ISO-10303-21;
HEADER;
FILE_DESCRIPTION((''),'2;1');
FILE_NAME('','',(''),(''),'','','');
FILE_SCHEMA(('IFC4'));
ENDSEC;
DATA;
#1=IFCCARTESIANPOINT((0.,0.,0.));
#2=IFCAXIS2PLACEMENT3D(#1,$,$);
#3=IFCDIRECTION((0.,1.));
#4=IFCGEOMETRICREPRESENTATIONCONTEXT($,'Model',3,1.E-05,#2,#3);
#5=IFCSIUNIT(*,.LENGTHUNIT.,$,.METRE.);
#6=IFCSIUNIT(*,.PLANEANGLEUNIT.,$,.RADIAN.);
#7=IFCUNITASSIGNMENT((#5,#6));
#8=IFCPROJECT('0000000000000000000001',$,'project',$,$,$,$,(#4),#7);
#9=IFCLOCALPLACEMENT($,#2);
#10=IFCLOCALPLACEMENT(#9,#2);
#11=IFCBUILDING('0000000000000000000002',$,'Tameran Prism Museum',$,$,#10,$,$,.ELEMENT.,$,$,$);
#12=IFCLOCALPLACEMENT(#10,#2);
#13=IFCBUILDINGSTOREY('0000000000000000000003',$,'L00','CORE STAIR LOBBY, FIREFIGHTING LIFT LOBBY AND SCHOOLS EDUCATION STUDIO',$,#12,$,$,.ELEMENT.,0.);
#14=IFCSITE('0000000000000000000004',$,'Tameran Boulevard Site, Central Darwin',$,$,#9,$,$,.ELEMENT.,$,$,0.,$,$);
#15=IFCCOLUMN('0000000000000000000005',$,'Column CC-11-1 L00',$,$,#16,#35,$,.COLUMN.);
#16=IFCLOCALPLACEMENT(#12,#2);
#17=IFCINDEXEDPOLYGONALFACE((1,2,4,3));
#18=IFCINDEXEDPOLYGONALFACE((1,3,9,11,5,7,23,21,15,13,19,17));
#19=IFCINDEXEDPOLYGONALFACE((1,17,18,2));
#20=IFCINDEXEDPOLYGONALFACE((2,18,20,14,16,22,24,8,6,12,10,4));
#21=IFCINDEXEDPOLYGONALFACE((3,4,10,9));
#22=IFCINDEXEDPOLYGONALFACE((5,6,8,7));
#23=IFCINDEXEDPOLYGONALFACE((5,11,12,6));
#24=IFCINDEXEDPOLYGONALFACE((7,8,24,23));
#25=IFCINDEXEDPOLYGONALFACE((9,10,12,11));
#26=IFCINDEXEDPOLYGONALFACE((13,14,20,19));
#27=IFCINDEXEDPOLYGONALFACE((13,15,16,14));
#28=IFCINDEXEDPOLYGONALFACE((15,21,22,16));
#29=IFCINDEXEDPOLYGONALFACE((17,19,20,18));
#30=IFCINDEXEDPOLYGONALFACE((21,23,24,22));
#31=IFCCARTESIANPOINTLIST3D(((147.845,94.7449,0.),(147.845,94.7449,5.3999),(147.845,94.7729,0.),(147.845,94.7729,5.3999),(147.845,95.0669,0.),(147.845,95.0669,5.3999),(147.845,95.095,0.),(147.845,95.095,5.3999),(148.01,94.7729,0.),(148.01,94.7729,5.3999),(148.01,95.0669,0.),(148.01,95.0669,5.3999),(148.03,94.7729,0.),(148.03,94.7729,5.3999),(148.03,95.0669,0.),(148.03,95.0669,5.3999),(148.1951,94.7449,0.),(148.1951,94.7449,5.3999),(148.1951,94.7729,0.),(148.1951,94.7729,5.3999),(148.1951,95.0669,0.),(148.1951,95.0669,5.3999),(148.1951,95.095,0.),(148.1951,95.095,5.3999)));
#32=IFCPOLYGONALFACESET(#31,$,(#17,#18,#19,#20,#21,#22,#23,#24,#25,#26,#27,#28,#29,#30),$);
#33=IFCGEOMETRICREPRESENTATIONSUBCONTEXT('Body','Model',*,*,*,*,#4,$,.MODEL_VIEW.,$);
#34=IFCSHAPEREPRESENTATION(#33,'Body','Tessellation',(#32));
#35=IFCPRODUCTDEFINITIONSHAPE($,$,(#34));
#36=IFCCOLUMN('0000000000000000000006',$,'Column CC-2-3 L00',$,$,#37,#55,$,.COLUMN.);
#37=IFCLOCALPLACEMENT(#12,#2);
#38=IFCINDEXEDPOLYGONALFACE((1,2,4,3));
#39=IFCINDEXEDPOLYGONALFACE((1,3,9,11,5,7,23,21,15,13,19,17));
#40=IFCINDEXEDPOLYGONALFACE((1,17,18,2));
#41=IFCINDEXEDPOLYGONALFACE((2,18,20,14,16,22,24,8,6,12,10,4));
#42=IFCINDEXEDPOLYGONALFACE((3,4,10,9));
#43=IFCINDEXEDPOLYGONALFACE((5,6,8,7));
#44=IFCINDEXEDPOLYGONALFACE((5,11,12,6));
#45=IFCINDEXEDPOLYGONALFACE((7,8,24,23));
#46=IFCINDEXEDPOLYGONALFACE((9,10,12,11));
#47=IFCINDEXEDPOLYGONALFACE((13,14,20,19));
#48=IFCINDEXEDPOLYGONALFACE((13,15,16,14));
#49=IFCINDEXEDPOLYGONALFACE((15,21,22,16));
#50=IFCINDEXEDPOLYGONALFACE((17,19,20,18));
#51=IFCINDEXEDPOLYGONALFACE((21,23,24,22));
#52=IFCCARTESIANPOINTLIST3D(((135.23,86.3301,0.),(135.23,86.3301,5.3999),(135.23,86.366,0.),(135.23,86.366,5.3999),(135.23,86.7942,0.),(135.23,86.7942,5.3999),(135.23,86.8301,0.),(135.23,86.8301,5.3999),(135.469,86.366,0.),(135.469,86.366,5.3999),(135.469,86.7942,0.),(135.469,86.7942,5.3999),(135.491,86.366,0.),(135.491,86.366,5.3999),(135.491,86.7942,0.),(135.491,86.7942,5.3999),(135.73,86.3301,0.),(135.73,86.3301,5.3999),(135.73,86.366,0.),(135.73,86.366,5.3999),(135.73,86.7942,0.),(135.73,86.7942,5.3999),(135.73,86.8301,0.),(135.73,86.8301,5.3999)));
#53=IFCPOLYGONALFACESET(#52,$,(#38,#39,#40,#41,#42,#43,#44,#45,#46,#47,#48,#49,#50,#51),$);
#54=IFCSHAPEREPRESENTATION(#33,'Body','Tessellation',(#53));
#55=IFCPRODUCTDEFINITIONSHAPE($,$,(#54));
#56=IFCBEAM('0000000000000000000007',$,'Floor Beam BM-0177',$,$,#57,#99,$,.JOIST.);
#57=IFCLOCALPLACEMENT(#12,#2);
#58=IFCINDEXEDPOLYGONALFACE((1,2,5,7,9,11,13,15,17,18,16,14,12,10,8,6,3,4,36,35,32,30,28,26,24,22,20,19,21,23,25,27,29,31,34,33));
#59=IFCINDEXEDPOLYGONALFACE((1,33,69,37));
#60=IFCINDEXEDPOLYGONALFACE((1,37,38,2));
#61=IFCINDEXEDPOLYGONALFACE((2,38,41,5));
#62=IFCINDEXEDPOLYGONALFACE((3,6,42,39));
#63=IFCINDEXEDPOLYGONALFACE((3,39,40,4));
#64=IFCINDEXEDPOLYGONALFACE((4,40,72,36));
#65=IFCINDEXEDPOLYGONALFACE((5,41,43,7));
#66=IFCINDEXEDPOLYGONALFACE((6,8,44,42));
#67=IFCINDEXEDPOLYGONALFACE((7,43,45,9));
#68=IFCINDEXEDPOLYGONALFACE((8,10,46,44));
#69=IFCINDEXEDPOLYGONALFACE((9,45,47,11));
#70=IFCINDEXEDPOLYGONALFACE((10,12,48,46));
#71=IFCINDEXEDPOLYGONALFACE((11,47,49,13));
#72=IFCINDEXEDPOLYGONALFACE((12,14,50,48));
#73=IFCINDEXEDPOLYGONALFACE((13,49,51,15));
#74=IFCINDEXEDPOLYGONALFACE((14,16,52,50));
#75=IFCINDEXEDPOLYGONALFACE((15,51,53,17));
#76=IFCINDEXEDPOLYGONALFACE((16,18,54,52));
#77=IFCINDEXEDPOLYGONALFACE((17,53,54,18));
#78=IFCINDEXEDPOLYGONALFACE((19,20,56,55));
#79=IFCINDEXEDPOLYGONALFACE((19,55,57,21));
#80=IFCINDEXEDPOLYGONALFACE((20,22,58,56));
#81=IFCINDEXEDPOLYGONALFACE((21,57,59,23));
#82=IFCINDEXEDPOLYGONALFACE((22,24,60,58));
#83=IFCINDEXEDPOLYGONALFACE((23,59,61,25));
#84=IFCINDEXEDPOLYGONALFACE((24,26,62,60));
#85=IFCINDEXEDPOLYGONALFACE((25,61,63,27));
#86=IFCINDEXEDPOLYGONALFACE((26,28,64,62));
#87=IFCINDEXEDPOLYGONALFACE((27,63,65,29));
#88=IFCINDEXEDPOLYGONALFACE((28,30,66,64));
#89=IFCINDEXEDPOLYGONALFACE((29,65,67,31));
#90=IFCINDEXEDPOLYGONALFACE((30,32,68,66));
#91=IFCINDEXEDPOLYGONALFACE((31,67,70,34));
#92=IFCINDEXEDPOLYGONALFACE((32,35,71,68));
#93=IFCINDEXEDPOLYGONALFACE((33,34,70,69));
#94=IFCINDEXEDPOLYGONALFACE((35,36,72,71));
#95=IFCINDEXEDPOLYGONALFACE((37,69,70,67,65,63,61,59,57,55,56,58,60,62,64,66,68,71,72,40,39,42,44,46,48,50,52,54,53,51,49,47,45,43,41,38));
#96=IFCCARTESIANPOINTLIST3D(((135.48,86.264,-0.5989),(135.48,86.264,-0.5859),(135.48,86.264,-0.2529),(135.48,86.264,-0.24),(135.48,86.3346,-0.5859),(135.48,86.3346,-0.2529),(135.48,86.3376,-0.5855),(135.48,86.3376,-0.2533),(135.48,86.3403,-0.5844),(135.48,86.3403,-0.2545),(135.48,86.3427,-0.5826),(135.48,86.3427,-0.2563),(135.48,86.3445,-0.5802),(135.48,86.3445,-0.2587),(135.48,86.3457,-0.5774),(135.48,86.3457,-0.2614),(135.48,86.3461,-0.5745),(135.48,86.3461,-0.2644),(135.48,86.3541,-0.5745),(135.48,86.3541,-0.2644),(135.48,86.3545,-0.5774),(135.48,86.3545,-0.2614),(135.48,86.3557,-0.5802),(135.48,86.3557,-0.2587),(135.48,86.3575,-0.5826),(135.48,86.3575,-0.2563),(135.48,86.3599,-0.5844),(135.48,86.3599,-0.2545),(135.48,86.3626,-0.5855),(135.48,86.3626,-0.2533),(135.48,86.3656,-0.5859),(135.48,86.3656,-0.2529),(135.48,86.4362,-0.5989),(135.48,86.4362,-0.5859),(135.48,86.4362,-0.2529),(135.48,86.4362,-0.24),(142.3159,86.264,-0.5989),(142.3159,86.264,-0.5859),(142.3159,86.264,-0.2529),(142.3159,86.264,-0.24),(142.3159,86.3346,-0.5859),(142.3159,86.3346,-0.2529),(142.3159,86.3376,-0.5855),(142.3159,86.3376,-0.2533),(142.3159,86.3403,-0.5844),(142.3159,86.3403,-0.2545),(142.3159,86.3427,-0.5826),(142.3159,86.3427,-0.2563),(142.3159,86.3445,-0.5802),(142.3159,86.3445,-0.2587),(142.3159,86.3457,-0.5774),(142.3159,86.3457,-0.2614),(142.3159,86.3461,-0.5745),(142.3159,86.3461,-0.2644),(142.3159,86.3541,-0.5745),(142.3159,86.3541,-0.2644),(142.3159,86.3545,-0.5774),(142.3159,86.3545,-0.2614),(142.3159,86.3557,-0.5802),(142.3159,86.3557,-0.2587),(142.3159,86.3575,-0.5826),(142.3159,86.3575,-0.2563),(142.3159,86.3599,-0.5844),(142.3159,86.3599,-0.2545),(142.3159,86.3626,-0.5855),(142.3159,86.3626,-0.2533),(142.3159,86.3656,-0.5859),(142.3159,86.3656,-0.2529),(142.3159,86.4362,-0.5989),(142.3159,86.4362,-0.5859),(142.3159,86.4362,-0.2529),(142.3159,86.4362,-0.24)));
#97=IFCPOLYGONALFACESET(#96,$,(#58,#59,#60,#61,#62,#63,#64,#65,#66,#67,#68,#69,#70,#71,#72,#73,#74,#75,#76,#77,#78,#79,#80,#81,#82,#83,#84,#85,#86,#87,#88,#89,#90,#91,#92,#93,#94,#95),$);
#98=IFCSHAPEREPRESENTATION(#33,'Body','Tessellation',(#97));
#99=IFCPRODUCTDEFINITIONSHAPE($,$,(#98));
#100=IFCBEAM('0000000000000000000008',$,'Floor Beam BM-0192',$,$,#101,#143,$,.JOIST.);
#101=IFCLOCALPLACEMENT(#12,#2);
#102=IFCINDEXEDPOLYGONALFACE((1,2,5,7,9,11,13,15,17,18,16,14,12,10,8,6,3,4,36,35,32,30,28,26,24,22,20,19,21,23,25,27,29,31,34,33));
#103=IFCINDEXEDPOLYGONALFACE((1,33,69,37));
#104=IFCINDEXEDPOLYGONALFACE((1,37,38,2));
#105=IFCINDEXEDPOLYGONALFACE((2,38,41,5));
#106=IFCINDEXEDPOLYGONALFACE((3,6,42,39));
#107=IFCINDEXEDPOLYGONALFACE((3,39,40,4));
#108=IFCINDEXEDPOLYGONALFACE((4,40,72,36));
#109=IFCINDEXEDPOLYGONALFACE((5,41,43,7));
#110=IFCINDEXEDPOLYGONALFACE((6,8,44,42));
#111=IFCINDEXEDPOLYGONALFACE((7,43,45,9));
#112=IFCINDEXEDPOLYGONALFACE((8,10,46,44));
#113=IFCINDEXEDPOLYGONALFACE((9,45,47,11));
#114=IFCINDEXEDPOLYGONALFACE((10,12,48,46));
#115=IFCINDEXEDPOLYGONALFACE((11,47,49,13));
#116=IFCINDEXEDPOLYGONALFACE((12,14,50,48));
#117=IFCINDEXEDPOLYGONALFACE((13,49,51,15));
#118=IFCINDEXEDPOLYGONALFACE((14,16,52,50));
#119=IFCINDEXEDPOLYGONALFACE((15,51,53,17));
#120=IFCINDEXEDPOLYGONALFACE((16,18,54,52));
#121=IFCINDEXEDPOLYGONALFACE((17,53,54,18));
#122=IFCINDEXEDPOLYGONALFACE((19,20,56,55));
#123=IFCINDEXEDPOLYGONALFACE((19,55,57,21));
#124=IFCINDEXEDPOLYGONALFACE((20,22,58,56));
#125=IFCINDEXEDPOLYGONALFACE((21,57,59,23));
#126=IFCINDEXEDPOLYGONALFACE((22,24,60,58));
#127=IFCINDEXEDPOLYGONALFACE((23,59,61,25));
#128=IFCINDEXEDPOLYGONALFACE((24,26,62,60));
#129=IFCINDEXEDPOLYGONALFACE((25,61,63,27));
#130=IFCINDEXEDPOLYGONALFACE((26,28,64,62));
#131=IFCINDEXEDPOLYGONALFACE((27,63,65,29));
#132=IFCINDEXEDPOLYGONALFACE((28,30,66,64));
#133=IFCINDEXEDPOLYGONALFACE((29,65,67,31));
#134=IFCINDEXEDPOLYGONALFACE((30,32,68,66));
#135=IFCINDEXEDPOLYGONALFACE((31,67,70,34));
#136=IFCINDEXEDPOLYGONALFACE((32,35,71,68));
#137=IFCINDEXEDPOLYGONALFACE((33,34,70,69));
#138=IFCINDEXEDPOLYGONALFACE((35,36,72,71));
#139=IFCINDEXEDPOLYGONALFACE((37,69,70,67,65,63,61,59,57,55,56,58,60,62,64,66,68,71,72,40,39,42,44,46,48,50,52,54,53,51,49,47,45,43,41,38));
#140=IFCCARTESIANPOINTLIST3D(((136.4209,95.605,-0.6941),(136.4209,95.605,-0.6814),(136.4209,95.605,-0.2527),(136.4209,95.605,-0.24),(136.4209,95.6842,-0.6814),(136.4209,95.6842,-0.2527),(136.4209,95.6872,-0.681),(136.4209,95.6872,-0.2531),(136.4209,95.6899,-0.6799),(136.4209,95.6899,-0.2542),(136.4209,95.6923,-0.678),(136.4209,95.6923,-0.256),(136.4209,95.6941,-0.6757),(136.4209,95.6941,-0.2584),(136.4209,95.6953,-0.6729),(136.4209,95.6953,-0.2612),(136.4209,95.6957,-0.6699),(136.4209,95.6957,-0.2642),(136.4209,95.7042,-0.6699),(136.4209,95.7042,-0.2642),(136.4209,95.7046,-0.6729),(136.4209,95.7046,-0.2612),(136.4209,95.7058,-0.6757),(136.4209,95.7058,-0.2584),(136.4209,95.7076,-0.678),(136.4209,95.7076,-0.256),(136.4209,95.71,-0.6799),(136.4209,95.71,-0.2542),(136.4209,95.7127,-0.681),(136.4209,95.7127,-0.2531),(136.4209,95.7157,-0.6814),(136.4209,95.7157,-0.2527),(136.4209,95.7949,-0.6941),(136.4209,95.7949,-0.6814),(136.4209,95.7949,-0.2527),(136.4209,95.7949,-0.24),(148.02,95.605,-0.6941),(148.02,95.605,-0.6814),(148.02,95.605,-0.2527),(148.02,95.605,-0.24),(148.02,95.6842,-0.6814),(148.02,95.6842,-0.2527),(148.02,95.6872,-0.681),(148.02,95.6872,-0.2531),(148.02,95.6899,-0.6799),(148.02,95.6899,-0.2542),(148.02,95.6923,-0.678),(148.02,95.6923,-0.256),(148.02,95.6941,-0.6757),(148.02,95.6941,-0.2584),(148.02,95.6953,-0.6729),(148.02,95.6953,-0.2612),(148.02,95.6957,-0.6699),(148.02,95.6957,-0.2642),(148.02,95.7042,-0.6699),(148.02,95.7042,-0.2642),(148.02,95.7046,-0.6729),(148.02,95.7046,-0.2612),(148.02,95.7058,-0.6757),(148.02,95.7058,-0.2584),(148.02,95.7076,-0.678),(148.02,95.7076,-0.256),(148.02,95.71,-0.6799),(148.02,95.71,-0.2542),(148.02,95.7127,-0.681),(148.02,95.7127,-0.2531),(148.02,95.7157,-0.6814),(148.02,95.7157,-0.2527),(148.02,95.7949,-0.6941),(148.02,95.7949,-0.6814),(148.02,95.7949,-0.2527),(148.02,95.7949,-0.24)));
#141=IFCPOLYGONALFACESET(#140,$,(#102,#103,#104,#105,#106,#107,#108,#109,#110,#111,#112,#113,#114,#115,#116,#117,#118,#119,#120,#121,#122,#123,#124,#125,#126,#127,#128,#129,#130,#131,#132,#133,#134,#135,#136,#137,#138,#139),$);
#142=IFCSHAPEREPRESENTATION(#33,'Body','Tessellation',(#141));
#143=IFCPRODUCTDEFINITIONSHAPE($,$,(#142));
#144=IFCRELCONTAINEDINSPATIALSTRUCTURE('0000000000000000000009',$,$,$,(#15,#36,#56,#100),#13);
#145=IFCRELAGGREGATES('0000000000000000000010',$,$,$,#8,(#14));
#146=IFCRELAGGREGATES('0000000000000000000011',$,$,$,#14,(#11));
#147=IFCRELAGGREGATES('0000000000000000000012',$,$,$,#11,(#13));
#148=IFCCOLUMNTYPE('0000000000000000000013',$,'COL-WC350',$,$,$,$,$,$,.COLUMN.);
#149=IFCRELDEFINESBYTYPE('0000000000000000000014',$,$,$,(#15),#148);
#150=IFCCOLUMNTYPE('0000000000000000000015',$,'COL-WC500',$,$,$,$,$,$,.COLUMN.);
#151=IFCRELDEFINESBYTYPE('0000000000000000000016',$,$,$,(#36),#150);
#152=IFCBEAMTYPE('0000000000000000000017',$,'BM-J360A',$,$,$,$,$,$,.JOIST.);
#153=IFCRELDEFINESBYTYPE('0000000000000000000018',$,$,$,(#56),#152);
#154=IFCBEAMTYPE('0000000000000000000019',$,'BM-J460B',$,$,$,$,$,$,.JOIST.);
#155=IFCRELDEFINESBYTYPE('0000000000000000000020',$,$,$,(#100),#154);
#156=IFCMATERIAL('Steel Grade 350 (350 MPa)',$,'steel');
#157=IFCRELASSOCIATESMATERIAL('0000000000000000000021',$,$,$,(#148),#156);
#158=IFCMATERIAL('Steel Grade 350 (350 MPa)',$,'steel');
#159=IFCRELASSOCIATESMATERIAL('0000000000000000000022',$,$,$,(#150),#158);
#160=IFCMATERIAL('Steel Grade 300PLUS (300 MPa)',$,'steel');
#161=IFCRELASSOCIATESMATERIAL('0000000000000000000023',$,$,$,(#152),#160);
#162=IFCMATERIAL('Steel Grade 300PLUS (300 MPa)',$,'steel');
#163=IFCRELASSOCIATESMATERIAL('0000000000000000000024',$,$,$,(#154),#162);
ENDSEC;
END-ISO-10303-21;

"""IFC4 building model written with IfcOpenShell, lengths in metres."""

from ifc_helpers import new_model, si_unit, direction, frame, origin, origin_2d, place, context, subcontext, project, spatial, i_section, extrude, material, material_profile, profile_set, type_object, element, save


model = new_model("IFC4")

# Units and contexts
model_context = context("Model", 3, precision=1e-05, world=origin(), true_north=direction((0.0, 1.0)))
body_context = subcontext(model_context, "Body", "Model", "MODEL_VIEW")
ifc_project = project(units=[si_unit("LENGTHUNIT", "METRE"), si_unit("PLANEANGLEUNIT", "RADIAN")], contexts=[model_context])

# Site, building, storey
site_placement = place(None, origin())
site = spatial("IfcSite", under=ifc_project, at=site_placement, Name="Tameran Boulevard Site, Central Darwin", CompositionType="ELEMENT", RefElevation=0.0)
building_placement = place(site_placement, origin())
building = spatial("IfcBuilding", under=site, at=building_placement, Name="Tameran Prism Museum", CompositionType="ELEMENT")
storey_placement = place(building_placement, origin())
storey = spatial("IfcBuildingStorey", under=building, at=storey_placement, Name="L00", Description="CORE STAIR LOBBY, FIREFIGHTING LIFT LOBBY AND SCHOOLS EDUCATION STUDIO", CompositionType="ELEMENT", Elevation=0.0)

# Columns
ifc_material_1 = material(Name="Steel Grade 350 (350 MPa)", Category="steel")
ifc_material_profile_1 = material_profile(ifc_material_1, i_section(OverallWidth=0.3501, OverallDepth=0.3501, WebThickness=0.02, FlangeThickness=0.0281, at=origin_2d()))
ifc_profile_set_1 = profile_set([ifc_material_profile_1])
column_type_1 = type_object("IfcColumnType", Name="COL-WC350", PredefinedType="COLUMN", material=ifc_profile_set_1)
column_1_placement = place(storey_placement, frame((148.02, 94.9199, 0.0), z_axis=(0.0, 0.0, 1.0), x_axis=(1.0, 0.0, 0.0)))
element("IfcColumn", 1, at=column_1_placement, inside=storey, type_object=column_type_1, Name="Column CC-11-1 L00", PredefinedType="COLUMN", context=body_context, shape_type="SweptSolid", body=[
    extrude(i_section(OverallWidth=0.3501, OverallDepth=0.3501, WebThickness=0.02, FlangeThickness=0.0281, at=origin_2d()), origin(), (0.0, 0.0, 1.0), 5.3999),
])
ifc_material_2 = material(Name="Steel Grade 350 (350 MPa)", Category="steel")
ifc_material_profile_2 = material_profile(ifc_material_2, i_section(OverallWidth=0.5, OverallDepth=0.5, WebThickness=0.022, FlangeThickness=0.0359, at=origin_2d()))
ifc_profile_set_2 = profile_set([ifc_material_profile_2])
column_type_2 = type_object("IfcColumnType", Name="COL-WC500", PredefinedType="COLUMN", material=ifc_profile_set_2)
column_2_placement = place(storey_placement, frame((135.48, 86.5801, 0.0), z_axis=(0.0, 0.0, 1.0), x_axis=(1.0, 0.0, 0.0)))
element("IfcColumn", 2, at=column_2_placement, inside=storey, type_object=column_type_2, Name="Column CC-2-3 L00", PredefinedType="COLUMN", context=body_context, shape_type="SweptSolid", body=[
    extrude(i_section(OverallWidth=0.5, OverallDepth=0.5, WebThickness=0.022, FlangeThickness=0.0359, at=origin_2d()), origin(), (0.0, 0.0, 1.0), 5.3999),
])

# Beams
ifc_material_3 = material(Name="Steel Grade 300PLUS (300 MPa)", Category="steel")
ifc_material_profile_3 = material_profile(ifc_material_3, i_section(OverallWidth=0.1721, OverallDepth=0.3589, WebThickness=0.0081, FlangeThickness=0.0129, FilletRadius=0.0115, at=origin_2d()))
ifc_profile_set_3 = profile_set([ifc_material_profile_3])
beam_type_1 = type_object("IfcBeamType", Name="BM-J360A", PredefinedType="JOIST", material=ifc_profile_set_3)
beam_1_placement = place(storey_placement, frame((135.48, 86.3501, -0.4194), z_axis=(1.0, 0.0, 0.0), x_axis=(0.0, 1.0, 0.0)))
element("IfcBeam", 3, at=beam_1_placement, inside=storey, type_object=beam_type_1, Name="Floor Beam BM-0177", PredefinedType="JOIST", context=body_context, shape_type="SweptSolid", body=[
    extrude(i_section(OverallWidth=0.1721, OverallDepth=0.3589, WebThickness=0.0081, FlangeThickness=0.0129, FilletRadius=0.0115, at=origin_2d()), origin(), (0.0, 0.0, 1.0), 6.8359),
])
ifc_material_4 = material(Name="Steel Grade 300PLUS (300 MPa)", Category="steel")
ifc_material_profile_4 = material_profile(ifc_material_4, i_section(OverallWidth=0.1899, OverallDepth=0.4541, WebThickness=0.0085, FlangeThickness=0.0127, FilletRadius=0.0115, at=origin_2d()))
ifc_profile_set_4 = profile_set([ifc_material_profile_4])
beam_type_2 = type_object("IfcBeamType", Name="BM-J460B", PredefinedType="JOIST", material=ifc_profile_set_4)
beam_2_placement = place(storey_placement, frame((136.4209, 95.7, -0.467), z_axis=(1.0, 0.0, 0.0), x_axis=(0.0, 1.0, 0.0)))
element("IfcBeam", 4, at=beam_2_placement, inside=storey, type_object=beam_type_2, Name="Floor Beam BM-0192", PredefinedType="JOIST", context=body_context, shape_type="SweptSolid", body=[
    extrude(i_section(OverallWidth=0.1899, OverallDepth=0.4541, WebThickness=0.0085, FlangeThickness=0.0127, FilletRadius=0.0115, at=origin_2d()), origin(), (0.0, 0.0, 1.0), 11.5991),
])

save(model, "model.ifc")
